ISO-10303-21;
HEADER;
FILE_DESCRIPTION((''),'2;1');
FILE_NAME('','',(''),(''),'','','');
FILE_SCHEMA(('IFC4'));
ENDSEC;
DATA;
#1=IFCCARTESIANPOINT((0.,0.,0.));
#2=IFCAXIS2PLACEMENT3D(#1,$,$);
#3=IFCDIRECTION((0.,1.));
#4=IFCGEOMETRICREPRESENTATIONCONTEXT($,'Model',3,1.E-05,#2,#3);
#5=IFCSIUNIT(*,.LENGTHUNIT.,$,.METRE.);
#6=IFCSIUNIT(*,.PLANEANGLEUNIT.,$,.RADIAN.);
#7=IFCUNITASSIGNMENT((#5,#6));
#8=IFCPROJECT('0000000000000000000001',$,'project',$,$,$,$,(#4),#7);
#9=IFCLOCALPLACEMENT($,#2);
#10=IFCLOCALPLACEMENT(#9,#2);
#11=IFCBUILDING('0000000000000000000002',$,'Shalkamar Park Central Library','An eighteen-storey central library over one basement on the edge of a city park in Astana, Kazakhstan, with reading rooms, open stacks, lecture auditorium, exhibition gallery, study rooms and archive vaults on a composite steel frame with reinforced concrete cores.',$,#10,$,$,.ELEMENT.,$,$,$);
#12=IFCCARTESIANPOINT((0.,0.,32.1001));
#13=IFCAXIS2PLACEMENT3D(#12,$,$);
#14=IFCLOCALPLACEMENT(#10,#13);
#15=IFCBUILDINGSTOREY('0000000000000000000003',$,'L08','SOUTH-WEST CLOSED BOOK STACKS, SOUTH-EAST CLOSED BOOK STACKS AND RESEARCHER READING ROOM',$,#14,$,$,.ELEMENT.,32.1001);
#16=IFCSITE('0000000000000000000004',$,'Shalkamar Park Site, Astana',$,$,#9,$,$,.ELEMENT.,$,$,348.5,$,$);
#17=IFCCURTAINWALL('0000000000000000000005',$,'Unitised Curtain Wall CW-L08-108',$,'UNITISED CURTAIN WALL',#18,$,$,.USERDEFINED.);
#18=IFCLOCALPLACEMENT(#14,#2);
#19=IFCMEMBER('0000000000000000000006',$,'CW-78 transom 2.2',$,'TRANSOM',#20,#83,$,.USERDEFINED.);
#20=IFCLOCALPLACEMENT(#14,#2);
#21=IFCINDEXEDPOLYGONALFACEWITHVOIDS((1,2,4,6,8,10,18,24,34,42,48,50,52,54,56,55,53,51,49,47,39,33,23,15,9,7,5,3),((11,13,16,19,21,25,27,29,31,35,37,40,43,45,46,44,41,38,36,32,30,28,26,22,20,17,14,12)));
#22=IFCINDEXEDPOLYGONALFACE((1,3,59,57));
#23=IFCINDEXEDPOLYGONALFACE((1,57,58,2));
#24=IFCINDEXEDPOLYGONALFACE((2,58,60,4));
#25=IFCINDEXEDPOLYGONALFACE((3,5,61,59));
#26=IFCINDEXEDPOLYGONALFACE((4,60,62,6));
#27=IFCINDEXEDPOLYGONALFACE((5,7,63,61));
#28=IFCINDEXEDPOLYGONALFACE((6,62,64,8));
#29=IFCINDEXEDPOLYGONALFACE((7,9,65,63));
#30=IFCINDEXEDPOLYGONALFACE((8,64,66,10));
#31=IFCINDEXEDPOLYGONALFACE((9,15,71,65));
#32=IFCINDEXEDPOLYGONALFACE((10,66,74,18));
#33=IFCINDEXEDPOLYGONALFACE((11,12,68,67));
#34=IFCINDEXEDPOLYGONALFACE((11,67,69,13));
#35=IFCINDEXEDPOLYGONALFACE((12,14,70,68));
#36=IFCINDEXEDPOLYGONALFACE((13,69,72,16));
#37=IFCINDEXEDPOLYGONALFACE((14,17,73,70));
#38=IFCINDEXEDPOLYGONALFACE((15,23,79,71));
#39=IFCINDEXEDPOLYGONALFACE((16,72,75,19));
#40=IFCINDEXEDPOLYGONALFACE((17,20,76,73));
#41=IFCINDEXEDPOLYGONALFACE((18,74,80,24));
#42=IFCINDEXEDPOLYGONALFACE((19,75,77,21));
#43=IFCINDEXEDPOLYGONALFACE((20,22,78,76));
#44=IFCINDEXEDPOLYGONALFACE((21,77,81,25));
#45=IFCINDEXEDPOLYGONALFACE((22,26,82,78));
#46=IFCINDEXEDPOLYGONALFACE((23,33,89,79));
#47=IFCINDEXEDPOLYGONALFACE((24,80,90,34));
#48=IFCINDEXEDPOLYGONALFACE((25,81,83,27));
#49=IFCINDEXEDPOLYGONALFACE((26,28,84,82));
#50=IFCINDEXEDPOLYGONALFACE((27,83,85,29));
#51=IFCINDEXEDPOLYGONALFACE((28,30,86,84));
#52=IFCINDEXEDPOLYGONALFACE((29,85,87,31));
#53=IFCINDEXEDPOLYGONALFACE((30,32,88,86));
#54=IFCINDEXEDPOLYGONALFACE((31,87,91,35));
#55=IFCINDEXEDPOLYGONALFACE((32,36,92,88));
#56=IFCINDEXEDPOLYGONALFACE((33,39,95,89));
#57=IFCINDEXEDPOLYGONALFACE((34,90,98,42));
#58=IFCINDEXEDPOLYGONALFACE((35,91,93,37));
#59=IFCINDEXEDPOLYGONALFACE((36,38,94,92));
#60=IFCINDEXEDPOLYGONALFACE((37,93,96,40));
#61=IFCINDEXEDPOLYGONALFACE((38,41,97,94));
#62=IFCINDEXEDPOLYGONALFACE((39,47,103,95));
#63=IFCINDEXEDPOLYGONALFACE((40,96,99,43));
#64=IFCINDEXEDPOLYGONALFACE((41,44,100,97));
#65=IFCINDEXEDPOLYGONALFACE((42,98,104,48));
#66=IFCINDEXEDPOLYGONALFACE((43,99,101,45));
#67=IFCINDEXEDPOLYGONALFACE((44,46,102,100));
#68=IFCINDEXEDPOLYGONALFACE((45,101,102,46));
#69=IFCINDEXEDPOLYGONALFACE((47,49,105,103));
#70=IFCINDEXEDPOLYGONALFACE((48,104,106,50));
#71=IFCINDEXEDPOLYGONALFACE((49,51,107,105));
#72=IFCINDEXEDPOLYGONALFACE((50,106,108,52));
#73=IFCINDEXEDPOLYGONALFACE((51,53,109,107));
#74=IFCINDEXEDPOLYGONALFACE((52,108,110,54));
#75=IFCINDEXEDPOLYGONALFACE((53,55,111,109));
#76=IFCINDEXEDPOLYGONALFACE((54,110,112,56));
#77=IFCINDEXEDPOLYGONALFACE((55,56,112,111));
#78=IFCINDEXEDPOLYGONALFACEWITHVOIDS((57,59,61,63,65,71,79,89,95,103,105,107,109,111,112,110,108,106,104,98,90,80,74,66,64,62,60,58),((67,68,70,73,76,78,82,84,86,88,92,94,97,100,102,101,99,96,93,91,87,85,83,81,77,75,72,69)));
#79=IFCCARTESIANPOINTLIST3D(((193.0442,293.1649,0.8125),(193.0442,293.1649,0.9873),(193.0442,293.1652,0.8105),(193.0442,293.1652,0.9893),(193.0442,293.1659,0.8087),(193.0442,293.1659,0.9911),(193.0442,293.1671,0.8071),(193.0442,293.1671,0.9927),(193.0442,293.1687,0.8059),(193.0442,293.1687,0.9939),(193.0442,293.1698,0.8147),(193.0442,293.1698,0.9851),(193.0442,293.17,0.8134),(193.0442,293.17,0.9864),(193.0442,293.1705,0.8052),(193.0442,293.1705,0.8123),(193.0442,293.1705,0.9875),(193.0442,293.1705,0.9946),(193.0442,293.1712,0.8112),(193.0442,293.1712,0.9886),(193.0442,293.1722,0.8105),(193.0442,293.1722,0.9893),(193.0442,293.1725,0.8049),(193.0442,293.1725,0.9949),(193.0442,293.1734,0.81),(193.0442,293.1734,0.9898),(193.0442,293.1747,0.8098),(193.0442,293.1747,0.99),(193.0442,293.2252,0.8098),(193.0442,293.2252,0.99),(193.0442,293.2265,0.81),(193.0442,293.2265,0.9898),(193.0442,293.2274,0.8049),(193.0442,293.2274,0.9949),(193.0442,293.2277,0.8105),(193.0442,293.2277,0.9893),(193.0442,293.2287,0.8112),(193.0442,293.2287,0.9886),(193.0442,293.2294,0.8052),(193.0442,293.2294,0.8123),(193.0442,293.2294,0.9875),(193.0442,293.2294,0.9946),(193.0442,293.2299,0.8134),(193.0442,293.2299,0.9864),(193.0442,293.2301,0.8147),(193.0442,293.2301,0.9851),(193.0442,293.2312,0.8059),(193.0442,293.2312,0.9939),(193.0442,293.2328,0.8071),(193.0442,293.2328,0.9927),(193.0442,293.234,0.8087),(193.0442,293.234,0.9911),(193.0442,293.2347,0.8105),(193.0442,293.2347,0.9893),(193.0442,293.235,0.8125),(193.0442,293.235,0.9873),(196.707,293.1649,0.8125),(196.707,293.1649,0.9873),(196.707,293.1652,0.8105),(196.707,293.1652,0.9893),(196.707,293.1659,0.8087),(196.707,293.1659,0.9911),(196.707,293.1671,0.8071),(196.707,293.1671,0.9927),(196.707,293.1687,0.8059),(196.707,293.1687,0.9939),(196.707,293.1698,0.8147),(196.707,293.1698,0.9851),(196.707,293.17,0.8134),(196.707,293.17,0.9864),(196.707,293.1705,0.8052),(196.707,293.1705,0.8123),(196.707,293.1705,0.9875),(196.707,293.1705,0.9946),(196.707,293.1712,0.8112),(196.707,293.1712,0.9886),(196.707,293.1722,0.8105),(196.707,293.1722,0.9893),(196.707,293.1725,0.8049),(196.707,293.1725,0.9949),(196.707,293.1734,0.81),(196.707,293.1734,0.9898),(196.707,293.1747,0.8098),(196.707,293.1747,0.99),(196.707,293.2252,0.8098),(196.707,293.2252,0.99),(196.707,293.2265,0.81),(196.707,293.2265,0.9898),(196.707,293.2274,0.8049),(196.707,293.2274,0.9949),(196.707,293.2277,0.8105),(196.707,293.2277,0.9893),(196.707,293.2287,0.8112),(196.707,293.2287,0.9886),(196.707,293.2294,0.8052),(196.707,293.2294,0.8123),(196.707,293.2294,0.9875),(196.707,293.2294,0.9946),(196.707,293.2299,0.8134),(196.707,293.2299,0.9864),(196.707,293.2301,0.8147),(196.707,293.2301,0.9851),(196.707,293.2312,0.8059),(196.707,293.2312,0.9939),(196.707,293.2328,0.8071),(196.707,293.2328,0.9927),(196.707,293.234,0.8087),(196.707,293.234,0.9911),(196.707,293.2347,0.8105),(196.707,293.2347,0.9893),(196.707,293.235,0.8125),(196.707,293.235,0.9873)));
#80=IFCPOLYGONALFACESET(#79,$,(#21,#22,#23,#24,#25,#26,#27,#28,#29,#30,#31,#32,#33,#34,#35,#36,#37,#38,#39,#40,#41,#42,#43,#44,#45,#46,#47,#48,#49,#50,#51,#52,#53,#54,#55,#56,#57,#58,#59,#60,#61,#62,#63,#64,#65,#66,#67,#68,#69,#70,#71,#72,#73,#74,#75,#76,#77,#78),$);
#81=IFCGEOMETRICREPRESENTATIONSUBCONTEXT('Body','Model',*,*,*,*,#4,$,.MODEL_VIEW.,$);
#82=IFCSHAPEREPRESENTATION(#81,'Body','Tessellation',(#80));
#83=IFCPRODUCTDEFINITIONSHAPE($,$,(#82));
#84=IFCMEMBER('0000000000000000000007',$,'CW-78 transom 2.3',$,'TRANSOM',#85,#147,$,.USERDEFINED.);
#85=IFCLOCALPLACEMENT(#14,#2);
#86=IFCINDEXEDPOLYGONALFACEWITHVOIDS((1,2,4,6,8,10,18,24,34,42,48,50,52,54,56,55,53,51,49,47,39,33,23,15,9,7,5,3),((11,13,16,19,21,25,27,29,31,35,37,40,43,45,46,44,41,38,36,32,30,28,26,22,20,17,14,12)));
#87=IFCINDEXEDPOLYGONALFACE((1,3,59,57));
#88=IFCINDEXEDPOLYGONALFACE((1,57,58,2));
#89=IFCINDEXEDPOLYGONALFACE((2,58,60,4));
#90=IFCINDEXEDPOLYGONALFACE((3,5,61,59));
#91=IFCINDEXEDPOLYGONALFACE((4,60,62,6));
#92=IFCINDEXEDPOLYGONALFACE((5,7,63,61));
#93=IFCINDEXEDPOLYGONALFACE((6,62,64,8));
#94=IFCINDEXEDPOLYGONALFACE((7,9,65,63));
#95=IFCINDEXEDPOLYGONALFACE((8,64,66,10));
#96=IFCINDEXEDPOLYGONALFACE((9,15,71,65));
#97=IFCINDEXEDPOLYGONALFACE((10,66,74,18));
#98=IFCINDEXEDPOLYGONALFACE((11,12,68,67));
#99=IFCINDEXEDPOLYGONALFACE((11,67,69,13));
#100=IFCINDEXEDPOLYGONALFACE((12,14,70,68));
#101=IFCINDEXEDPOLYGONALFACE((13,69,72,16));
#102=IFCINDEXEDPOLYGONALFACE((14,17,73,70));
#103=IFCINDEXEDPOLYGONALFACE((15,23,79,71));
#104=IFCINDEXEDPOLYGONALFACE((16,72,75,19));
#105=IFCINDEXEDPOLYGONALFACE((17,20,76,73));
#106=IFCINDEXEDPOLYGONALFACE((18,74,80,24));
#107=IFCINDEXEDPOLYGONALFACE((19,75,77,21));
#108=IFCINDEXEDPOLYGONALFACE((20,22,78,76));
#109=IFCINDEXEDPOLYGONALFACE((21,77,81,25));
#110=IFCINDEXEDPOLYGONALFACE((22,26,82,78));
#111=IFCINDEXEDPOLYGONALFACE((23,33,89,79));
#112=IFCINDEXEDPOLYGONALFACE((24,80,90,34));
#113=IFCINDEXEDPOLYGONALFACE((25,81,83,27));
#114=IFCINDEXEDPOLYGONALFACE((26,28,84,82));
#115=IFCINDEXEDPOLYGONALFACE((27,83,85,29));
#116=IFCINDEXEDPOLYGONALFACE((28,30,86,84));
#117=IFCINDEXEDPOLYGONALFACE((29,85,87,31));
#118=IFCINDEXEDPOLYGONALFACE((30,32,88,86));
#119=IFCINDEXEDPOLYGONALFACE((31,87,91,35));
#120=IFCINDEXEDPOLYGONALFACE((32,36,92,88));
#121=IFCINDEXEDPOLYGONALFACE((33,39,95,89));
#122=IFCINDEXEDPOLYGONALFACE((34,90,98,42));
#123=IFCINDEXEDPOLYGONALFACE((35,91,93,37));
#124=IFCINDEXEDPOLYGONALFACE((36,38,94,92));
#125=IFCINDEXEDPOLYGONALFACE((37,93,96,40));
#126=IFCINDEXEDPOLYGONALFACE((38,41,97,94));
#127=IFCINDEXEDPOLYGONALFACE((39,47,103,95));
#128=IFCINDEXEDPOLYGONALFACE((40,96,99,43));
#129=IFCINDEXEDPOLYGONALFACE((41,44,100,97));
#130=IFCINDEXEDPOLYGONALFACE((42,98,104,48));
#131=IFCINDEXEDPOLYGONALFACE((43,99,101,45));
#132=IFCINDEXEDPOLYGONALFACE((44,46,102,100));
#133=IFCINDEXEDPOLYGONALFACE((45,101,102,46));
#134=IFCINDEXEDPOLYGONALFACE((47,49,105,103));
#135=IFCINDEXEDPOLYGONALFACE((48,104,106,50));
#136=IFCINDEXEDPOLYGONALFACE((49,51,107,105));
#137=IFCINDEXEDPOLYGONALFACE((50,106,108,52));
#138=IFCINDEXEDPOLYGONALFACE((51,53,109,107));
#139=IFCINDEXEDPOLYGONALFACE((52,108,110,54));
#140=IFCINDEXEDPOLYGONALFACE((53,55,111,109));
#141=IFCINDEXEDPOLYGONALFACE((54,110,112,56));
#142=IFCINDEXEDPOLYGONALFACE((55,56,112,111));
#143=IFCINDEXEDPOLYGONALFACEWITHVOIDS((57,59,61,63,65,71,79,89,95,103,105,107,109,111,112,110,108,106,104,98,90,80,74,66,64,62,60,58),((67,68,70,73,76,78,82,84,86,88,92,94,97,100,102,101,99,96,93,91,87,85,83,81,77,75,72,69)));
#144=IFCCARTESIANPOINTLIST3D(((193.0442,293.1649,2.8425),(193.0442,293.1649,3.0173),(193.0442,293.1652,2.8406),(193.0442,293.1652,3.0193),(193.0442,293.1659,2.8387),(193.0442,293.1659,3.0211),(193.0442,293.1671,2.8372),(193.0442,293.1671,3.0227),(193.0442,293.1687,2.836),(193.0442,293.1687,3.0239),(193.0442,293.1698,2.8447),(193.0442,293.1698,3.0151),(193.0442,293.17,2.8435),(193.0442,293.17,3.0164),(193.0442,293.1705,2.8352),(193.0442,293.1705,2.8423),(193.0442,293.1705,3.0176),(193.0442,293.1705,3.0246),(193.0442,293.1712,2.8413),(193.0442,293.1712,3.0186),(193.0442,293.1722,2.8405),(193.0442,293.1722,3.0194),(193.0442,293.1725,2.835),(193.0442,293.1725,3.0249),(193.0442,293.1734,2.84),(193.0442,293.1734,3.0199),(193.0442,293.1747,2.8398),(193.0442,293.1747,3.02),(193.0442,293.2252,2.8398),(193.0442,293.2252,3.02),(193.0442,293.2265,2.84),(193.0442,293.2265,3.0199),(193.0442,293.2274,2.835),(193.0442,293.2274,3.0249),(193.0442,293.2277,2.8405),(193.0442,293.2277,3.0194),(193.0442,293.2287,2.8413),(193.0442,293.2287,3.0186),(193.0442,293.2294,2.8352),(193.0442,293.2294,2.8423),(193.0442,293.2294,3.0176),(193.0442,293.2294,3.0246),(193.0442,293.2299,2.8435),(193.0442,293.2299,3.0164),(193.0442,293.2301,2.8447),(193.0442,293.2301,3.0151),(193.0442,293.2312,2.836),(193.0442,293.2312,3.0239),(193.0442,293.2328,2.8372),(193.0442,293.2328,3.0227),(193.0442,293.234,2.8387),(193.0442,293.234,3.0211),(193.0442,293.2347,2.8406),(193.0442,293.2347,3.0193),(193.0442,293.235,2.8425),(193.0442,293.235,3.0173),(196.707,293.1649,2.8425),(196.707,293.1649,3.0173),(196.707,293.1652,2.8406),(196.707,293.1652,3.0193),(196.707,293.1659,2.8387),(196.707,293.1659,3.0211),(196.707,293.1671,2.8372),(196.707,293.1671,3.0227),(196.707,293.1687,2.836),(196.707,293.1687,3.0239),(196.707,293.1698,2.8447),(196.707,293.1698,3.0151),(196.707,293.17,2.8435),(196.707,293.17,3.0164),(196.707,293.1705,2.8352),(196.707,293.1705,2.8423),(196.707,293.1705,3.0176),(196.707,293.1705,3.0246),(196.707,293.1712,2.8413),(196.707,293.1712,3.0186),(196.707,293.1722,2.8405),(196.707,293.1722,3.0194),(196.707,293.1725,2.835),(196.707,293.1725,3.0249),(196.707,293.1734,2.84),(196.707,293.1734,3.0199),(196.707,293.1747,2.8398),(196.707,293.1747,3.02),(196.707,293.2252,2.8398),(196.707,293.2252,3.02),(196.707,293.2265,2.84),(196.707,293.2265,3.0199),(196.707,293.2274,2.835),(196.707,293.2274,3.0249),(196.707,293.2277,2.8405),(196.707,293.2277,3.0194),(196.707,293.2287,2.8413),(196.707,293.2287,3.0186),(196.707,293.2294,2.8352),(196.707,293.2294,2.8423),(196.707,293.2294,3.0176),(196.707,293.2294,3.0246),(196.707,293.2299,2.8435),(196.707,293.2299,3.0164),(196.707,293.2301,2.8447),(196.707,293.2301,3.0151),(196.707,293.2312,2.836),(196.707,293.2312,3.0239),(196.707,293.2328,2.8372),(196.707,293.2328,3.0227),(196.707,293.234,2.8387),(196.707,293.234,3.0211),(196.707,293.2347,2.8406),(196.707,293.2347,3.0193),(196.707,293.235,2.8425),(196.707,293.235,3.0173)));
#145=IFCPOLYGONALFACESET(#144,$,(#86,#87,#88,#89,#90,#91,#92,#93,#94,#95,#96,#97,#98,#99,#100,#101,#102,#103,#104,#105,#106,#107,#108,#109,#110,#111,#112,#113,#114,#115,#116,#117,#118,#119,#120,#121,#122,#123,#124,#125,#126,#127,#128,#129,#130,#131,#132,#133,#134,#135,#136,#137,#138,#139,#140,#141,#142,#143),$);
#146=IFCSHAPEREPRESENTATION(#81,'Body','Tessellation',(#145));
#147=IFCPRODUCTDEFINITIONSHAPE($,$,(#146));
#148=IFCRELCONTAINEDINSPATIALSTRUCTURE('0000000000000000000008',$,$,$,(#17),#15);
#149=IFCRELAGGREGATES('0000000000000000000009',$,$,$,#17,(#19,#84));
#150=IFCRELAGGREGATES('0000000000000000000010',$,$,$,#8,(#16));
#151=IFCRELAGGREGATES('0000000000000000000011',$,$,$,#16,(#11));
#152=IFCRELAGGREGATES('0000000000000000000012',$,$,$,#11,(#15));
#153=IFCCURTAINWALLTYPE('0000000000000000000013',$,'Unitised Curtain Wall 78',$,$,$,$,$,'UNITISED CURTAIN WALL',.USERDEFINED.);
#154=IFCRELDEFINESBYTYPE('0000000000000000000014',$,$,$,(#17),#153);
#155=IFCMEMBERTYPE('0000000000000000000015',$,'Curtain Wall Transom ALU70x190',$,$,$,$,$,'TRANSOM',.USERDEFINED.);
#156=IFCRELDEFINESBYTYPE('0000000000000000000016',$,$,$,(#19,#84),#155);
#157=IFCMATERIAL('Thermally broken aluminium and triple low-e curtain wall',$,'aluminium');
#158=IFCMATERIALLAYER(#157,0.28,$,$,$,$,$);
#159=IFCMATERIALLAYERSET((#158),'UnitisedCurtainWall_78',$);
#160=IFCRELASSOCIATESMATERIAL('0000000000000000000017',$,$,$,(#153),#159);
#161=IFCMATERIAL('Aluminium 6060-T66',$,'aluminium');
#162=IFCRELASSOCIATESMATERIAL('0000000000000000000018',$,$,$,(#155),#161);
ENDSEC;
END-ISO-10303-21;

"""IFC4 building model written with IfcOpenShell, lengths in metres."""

from ifc_helpers import new_model, si_unit, direction, frame, origin, origin_2d, place, context, subcontext, project, spatial, hollow_rectangle, extrude, material, layer, layer_set, material_profile, profile_set, type_object, element, aggregate, save


model = new_model("IFC4")

# Units and contexts
model_context = context("Model", 3, precision=1e-05, world=origin(), true_north=direction((0.0, 1.0)))
body_context = subcontext(model_context, "Body", "Model", "MODEL_VIEW")
ifc_project = project(units=[si_unit("LENGTHUNIT", "METRE"), si_unit("PLANEANGLEUNIT", "RADIAN")], contexts=[model_context])

# Site, building, storey
site_placement = place(None, origin())
site = spatial("IfcSite", under=ifc_project, at=site_placement, Name="Shalkamar Park Site, Astana", CompositionType="ELEMENT", RefElevation=348.5)
building_placement = place(site_placement, origin())
building = spatial("IfcBuilding", under=site, at=building_placement, Name="Shalkamar Park Central Library", Description="An eighteen-storey central library over one basement on the edge of a city park in Astana, Kazakhstan, with reading rooms, open stacks, lecture auditorium, exhibition gallery, study rooms and archive vaults on a composite steel frame with reinforced concrete cores.", CompositionType="ELEMENT")
storey_placement = place(building_placement, frame((0.0, 0.0, 32.1001)))
storey = spatial("IfcBuildingStorey", under=building, at=storey_placement, Name="L08", Description="SOUTH-WEST CLOSED BOOK STACKS, SOUTH-EAST CLOSED BOOK STACKS AND RESEARCHER READING ROOM", CompositionType="ELEMENT", Elevation=32.1001)

# Curtain wall, members
ifc_material_1 = material(Name="Thermally broken aluminium and triple low-e curtain wall", Category="aluminium")
ifc_layer_1 = layer(ifc_material_1, 0.28)
ifc_layer_set_1 = layer_set([ifc_layer_1], Name="UnitisedCurtainWall_78")
curtain_wall_type = type_object("IfcCurtainWallType", Name="Unitised Curtain Wall 78", ElementType="UNITISED CURTAIN WALL", PredefinedType="USERDEFINED", material=ifc_layer_set_1)
curtain_wall_placement = place(storey_placement, origin())
curtain_wall = element("IfcCurtainWall", 1, at=curtain_wall_placement, inside=storey, type_object=curtain_wall_type, Name="Unitised Curtain Wall CW-L08-108", ObjectType="UNITISED CURTAIN WALL", PredefinedType="USERDEFINED")
ifc_material_2 = material(Name="Aluminium 6060-T66", Category="aluminium")
ifc_material_profile_1 = material_profile(ifc_material_2, hollow_rectangle(XDim=0.0701, YDim=0.1899, WallThickness=0.0049, InnerFilletRadius=0.0049, OuterFilletRadius=0.0076, at=origin_2d()), Name="ALU 70x190x5")
ifc_profile_set_1 = profile_set([ifc_material_profile_1], Name="Aluminium 6060-T66")
member_type = type_object("IfcMemberType", Name="Curtain Wall Transom ALU70x190", ElementType="TRANSOM", PredefinedType="USERDEFINED", material=ifc_profile_set_1)
member_1_placement = place(storey_placement, frame((193.0442, 293.2, 0.8999), z_axis=(1.0, 0.0, 0.0), x_axis=(0.0, 1.0, 0.0)))
member_1 = element("IfcMember", 2, at=member_1_placement, type_object=member_type, Name="CW-78 transom 2.2", ObjectType="TRANSOM", PredefinedType="USERDEFINED", context=body_context, shape_type="SweptSolid", body=[
    extrude(hollow_rectangle(XDim=0.0701, YDim=0.1899, WallThickness=0.0049, InnerFilletRadius=0.0049, OuterFilletRadius=0.0076, at=origin_2d()), origin(), (0.0, 0.0, 1.0), 3.6628),
])
member_2_placement = place(storey_placement, frame((193.0442, 293.2, 2.9299), z_axis=(1.0, 0.0, 0.0), x_axis=(0.0, 1.0, 0.0)))
member_2 = element("IfcMember", 3, at=member_2_placement, type_object=member_type, Name="CW-78 transom 2.3", ObjectType="TRANSOM", PredefinedType="USERDEFINED", context=body_context, shape_type="SweptSolid", body=[
    extrude(hollow_rectangle(XDim=0.0701, YDim=0.1899, WallThickness=0.0049, InnerFilletRadius=0.0049, OuterFilletRadius=0.0076, at=origin_2d()), origin(), (0.0, 0.0, 1.0), 3.6628),
])

aggregate(curtain_wall, [member_1, member_2])

save(model, "model.ifc")
